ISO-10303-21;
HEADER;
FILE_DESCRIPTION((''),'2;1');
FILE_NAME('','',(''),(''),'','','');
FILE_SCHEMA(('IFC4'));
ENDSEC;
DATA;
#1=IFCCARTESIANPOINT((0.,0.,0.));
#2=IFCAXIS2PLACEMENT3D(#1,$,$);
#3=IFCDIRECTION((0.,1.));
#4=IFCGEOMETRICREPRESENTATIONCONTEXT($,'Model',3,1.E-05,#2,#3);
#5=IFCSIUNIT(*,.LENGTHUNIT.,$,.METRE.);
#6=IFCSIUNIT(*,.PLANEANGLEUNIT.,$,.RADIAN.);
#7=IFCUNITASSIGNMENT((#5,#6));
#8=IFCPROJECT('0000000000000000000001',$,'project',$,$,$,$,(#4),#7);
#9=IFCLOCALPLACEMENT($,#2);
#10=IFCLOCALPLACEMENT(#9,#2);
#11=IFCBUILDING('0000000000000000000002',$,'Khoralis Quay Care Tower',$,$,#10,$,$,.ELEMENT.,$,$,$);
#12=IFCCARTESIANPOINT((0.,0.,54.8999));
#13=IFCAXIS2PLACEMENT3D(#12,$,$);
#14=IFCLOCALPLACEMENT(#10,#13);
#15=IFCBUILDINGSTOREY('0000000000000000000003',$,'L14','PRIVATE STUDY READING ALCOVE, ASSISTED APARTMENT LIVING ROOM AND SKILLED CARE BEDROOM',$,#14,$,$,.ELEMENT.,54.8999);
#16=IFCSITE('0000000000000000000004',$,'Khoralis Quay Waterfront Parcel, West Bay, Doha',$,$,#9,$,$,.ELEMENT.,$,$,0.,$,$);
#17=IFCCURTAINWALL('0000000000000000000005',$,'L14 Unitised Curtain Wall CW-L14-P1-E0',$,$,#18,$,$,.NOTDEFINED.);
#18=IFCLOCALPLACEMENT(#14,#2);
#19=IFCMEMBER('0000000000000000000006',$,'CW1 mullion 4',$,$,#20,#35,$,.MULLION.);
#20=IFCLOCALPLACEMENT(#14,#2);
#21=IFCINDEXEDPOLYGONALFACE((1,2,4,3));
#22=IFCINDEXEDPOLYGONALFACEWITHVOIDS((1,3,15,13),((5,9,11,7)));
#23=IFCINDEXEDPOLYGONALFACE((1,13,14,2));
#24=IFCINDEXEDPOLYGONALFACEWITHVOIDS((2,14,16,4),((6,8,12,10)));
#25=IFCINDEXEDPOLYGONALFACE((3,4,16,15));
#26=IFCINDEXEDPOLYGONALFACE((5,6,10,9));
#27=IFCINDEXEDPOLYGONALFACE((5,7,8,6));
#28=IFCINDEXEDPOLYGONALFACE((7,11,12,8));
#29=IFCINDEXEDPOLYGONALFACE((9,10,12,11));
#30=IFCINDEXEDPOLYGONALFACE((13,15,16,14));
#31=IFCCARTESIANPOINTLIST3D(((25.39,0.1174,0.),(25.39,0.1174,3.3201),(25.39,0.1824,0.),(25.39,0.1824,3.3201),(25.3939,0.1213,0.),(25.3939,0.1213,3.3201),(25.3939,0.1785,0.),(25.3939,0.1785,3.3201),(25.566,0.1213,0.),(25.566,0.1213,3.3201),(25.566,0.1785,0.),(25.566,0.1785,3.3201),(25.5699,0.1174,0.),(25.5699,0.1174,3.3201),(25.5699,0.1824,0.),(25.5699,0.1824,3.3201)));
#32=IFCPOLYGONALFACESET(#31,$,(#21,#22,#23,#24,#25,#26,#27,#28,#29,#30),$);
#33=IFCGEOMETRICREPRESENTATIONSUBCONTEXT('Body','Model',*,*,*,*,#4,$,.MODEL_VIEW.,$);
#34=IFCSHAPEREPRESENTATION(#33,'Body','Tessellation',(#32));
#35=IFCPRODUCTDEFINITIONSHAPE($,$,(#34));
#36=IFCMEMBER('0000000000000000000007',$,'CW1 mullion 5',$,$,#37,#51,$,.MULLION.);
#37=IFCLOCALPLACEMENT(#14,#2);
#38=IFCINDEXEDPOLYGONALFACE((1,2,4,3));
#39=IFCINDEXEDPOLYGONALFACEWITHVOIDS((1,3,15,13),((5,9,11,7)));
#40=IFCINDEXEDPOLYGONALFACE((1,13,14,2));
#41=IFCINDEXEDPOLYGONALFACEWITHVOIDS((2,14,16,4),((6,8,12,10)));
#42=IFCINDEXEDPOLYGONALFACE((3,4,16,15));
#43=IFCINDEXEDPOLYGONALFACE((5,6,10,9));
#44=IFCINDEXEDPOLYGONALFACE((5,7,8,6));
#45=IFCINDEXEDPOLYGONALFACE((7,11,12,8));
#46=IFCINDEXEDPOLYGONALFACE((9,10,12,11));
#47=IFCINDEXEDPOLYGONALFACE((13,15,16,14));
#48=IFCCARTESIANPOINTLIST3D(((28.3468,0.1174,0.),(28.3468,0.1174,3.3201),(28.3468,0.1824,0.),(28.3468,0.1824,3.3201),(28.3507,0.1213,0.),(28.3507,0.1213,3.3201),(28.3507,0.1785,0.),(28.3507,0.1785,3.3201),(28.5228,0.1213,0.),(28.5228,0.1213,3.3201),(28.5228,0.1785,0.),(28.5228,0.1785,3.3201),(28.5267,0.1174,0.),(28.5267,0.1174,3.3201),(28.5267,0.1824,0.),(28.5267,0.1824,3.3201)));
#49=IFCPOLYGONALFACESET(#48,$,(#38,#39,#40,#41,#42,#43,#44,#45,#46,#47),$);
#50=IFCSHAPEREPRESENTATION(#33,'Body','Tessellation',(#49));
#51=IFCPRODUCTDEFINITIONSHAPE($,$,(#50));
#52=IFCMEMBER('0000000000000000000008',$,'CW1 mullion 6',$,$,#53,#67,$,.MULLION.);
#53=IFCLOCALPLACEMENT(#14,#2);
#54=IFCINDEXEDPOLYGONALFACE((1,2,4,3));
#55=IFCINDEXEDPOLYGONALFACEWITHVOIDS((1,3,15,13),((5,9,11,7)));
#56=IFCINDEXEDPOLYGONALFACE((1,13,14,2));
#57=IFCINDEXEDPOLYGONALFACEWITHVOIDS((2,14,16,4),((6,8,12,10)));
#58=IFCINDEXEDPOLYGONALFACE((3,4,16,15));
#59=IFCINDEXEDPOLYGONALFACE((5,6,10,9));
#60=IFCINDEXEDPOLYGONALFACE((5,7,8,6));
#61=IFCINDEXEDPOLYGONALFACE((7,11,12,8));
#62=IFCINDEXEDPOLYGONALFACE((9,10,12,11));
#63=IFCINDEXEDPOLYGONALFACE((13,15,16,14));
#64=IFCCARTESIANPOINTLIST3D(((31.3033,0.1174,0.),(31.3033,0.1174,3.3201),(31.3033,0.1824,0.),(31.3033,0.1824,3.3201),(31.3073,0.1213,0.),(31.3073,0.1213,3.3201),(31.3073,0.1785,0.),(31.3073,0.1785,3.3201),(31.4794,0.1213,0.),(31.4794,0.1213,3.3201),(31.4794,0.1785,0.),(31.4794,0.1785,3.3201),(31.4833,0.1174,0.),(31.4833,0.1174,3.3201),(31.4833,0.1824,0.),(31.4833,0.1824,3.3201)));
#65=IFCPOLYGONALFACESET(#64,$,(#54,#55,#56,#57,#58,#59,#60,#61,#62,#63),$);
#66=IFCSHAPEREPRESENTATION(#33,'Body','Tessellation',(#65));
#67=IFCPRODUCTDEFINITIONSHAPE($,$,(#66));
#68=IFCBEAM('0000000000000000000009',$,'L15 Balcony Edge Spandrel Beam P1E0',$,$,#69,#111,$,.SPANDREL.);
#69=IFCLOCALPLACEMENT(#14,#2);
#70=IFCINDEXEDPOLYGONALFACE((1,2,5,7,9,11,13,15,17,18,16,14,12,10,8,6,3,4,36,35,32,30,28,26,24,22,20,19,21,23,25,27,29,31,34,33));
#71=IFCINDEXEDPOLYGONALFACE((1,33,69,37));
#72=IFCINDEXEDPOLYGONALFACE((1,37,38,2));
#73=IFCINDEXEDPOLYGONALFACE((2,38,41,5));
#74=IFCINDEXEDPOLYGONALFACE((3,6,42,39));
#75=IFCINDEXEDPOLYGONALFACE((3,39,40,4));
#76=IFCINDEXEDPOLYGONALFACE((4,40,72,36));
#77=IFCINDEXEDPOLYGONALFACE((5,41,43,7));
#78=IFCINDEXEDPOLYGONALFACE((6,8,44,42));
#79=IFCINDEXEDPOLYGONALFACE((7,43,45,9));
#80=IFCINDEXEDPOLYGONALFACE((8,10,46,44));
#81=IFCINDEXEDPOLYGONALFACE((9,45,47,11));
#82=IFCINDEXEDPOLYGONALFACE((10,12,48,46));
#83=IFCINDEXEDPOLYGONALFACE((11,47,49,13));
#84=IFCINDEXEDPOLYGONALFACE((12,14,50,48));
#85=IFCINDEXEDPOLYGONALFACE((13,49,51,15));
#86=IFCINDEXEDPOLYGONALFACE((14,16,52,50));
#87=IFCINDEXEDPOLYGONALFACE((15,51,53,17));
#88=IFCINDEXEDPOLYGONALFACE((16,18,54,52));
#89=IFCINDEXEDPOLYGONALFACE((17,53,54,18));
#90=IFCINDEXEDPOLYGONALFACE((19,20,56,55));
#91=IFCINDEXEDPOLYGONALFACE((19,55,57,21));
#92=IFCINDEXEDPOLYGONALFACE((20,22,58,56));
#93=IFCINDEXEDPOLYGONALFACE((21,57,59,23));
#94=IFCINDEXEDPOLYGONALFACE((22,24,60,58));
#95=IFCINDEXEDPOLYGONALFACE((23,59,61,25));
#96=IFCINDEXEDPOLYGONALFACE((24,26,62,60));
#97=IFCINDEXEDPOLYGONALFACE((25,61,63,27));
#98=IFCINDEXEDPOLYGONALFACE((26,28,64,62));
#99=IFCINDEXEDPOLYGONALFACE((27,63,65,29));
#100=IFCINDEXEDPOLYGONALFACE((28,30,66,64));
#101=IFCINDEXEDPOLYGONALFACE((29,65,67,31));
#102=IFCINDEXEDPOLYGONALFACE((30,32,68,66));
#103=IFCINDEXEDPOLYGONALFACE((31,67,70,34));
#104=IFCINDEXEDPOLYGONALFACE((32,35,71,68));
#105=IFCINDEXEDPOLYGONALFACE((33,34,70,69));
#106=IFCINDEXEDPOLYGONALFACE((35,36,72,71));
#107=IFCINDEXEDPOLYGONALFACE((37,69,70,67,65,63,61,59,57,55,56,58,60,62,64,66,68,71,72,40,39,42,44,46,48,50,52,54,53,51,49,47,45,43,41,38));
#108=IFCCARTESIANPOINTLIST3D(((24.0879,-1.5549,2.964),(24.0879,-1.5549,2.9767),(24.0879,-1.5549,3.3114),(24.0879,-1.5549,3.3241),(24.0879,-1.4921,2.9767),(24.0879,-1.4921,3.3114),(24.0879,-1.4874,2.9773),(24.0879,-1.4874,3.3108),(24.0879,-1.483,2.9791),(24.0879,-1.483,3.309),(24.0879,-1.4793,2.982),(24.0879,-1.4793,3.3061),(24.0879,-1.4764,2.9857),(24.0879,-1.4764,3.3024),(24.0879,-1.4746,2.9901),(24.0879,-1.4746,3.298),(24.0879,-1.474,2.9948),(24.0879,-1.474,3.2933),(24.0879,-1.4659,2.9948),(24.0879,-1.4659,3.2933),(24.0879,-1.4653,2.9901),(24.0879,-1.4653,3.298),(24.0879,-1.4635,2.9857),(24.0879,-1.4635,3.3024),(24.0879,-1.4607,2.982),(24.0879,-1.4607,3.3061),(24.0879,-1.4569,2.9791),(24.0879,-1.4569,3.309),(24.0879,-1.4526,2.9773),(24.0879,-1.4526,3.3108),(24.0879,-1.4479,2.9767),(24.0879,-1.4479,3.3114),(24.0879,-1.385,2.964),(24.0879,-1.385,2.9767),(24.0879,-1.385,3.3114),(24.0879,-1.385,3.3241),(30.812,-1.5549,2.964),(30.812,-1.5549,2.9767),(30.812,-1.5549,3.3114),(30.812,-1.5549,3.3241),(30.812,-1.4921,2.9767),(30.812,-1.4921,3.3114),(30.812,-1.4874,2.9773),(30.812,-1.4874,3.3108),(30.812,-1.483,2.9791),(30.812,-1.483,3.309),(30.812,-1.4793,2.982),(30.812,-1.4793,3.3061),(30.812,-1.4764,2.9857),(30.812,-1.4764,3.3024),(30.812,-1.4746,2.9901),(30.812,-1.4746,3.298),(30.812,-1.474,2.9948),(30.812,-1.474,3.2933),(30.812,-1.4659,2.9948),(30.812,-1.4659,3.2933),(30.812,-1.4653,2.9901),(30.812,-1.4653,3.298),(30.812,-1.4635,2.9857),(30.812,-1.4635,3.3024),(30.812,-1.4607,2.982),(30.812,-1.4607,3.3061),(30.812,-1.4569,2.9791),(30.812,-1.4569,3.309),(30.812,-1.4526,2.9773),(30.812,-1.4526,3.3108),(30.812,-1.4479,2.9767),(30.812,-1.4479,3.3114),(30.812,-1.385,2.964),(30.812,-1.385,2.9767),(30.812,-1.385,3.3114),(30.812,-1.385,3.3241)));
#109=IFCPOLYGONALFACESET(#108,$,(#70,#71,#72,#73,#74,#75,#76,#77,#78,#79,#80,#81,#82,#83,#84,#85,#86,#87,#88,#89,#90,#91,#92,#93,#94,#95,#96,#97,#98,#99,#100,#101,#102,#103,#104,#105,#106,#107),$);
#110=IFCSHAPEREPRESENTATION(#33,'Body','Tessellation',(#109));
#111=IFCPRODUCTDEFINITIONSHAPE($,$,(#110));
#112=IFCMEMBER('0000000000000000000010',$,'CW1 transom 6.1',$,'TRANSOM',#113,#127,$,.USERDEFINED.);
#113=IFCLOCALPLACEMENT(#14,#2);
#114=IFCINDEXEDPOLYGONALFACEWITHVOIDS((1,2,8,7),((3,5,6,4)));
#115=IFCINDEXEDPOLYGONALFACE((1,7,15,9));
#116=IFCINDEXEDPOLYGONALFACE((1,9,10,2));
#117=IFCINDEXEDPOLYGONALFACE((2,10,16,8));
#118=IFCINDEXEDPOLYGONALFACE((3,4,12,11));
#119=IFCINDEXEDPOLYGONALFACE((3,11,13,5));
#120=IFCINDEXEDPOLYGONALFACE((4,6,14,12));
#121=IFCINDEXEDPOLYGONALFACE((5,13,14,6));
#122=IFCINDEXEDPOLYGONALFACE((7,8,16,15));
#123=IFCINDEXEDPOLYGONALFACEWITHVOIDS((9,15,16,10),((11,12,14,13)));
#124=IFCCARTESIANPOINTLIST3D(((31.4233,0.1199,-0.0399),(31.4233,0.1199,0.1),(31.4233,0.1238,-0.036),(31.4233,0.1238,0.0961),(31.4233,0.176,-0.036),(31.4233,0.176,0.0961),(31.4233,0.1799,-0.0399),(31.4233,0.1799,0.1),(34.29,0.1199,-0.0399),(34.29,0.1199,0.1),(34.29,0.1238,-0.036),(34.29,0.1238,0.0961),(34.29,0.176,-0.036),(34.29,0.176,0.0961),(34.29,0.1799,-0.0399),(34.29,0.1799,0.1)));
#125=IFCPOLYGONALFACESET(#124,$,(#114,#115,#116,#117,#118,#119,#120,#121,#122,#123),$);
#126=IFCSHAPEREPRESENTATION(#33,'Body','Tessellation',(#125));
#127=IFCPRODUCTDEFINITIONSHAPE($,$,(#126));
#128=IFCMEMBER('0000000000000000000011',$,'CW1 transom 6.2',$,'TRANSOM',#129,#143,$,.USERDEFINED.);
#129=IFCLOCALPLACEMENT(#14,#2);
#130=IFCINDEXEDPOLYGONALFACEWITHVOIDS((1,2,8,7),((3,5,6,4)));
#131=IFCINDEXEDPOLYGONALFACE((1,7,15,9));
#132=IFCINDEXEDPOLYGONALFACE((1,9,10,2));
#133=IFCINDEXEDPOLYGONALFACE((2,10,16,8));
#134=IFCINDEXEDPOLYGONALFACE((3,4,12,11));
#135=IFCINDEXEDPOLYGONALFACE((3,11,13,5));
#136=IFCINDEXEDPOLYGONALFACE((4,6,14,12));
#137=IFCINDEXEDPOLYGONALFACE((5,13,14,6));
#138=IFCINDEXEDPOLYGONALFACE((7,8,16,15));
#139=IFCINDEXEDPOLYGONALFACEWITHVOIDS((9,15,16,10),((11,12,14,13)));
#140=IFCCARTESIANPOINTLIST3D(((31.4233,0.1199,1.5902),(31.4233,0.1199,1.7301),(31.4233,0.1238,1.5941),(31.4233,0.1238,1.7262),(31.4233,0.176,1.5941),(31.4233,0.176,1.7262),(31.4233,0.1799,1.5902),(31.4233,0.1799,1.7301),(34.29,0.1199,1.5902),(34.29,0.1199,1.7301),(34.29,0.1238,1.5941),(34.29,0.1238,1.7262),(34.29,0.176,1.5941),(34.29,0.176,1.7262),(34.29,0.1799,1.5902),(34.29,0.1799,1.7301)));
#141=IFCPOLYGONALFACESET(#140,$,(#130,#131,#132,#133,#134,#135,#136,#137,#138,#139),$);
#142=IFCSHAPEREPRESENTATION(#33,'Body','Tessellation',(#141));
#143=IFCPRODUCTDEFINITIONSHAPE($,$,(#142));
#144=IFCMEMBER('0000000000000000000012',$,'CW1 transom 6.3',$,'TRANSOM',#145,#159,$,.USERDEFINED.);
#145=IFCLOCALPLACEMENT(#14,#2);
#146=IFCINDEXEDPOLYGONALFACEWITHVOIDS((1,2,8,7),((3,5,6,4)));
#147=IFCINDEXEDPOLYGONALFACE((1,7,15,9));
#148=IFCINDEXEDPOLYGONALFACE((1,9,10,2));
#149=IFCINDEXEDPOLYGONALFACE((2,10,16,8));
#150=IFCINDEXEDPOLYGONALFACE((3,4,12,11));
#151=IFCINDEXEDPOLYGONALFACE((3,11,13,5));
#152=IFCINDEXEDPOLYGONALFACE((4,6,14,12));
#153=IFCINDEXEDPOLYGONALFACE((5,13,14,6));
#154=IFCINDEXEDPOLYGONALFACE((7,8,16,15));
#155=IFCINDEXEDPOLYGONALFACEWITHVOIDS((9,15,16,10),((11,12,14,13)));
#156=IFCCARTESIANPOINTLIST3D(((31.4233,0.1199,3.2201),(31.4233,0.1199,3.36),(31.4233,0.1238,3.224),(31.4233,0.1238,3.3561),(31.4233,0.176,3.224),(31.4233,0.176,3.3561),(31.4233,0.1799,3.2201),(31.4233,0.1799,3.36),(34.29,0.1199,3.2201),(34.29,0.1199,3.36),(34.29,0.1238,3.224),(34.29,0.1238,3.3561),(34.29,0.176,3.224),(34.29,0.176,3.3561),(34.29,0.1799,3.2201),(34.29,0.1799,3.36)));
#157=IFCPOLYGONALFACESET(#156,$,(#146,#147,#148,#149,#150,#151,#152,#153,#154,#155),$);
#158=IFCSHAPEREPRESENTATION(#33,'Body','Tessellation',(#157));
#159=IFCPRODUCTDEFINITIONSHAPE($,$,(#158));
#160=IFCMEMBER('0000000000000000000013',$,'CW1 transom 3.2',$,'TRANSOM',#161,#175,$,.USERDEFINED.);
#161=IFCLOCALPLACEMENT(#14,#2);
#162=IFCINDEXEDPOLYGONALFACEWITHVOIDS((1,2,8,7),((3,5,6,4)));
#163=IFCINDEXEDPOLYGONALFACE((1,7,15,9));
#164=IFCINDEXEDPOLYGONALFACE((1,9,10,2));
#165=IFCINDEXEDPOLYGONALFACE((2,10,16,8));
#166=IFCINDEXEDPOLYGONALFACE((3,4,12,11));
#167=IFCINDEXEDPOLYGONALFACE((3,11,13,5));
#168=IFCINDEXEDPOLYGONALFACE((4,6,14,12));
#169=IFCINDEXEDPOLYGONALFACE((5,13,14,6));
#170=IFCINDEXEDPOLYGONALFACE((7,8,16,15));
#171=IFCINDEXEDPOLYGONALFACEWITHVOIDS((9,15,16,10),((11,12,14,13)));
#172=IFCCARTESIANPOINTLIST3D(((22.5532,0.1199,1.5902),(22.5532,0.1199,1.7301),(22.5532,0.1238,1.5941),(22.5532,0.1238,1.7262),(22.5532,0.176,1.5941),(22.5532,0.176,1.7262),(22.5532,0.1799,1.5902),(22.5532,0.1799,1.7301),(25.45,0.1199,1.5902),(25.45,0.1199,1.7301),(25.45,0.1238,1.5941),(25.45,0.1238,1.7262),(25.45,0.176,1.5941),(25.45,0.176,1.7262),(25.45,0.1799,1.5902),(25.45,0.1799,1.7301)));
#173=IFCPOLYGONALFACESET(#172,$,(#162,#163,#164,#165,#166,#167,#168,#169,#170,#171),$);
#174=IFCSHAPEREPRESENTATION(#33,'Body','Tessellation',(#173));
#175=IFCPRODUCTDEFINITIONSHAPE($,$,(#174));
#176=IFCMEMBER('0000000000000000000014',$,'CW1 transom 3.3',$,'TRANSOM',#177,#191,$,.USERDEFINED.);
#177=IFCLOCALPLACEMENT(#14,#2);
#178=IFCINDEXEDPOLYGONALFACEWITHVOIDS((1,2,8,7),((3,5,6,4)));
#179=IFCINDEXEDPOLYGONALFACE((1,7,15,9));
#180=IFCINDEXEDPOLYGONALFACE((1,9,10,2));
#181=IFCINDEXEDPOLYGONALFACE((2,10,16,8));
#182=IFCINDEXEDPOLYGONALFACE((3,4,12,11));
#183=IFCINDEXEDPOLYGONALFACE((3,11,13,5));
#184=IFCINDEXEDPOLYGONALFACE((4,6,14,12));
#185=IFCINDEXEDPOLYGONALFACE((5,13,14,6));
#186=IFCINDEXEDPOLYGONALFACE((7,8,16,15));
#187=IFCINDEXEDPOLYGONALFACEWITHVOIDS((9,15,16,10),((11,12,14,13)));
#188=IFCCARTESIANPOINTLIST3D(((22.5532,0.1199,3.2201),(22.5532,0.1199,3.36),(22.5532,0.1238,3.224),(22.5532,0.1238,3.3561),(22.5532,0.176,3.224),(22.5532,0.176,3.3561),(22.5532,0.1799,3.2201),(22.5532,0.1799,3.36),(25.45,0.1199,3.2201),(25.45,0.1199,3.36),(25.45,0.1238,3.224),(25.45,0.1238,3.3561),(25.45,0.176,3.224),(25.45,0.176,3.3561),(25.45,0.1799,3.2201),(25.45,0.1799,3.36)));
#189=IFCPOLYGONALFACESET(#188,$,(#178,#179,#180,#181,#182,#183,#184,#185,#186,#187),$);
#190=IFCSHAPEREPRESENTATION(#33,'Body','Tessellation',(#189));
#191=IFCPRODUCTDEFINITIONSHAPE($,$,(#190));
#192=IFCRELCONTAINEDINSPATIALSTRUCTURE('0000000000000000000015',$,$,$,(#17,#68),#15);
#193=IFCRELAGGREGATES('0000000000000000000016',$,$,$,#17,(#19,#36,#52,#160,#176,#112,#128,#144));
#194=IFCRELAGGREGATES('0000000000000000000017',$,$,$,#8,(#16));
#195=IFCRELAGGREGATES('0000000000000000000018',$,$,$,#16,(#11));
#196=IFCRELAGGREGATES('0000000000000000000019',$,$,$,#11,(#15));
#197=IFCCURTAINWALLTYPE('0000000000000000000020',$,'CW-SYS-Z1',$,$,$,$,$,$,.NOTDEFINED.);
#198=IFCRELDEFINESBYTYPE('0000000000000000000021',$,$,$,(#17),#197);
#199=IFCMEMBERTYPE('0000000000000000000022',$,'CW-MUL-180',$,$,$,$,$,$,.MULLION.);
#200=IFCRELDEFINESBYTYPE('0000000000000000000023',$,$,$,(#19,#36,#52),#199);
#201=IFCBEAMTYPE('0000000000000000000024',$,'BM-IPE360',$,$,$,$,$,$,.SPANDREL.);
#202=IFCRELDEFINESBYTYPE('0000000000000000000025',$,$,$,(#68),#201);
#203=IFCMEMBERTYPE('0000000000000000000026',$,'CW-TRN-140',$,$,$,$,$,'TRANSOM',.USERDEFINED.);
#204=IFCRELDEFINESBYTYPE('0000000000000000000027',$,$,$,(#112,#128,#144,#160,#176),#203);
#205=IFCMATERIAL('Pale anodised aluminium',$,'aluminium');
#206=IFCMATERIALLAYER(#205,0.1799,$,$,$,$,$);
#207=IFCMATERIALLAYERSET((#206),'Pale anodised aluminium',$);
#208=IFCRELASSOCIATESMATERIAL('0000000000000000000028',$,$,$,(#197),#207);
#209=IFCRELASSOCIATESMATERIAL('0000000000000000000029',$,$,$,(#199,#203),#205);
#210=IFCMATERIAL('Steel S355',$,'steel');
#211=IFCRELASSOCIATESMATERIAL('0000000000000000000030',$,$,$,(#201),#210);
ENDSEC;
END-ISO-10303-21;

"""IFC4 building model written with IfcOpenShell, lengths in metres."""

from ifc_helpers import new_model, si_unit, direction, frame, origin, origin_2d, place, context, subcontext, project, spatial, hollow_rectangle, i_section, extrude, source, transform, mapped, material, layer, layer_set, material_profile, profile_set, type_object, element, aggregate, save


model = new_model("IFC4")

# Units and contexts
model_context = context("Model", 3, precision=1e-05, world=origin(), true_north=direction((0.0, 1.0)))
body_context = subcontext(model_context, "Body", "Model", "MODEL_VIEW")
ifc_project = project(units=[si_unit("LENGTHUNIT", "METRE"), si_unit("PLANEANGLEUNIT", "RADIAN")], contexts=[model_context])

# Site, building, storey
site_placement = place(None, origin())
site = spatial("IfcSite", under=ifc_project, at=site_placement, Name="Khoralis Quay Waterfront Parcel, West Bay, Doha", CompositionType="ELEMENT", RefElevation=0.0)
building_placement = place(site_placement, origin())
building = spatial("IfcBuilding", under=site, at=building_placement, Name="Khoralis Quay Care Tower", CompositionType="ELEMENT")
storey_placement = place(building_placement, frame((0.0, 0.0, 54.8999)))
storey = spatial("IfcBuildingStorey", under=building, at=storey_placement, Name="L14", Description="PRIVATE STUDY READING ALCOVE, ASSISTED APARTMENT LIVING ROOM AND SKILLED CARE BEDROOM", CompositionType="ELEMENT", Elevation=54.8999)

# Curtain wall, members
ifc_material_1 = material(Name="Pale anodised aluminium", Category="aluminium")
ifc_layer_1 = layer(ifc_material_1, 0.1799)
ifc_layer_set_1 = layer_set([ifc_layer_1], Name="Pale anodised aluminium")
curtain_wall_type = type_object("IfcCurtainWallType", Name="CW-SYS-Z1", PredefinedType="NOTDEFINED", material=ifc_layer_set_1)
curtain_wall_placement = place(storey_placement, origin())
curtain_wall = element("IfcCurtainWall", 1, at=curtain_wall_placement, inside=storey, type_object=curtain_wall_type, Name="L14 Unitised Curtain Wall CW-L14-P1-E0", PredefinedType="NOTDEFINED")
ifc_material_profile_1 = material_profile(ifc_material_1, hollow_rectangle(XDim=0.0649, YDim=0.1799, WallThickness=0.0039, at=origin_2d()), Name="Pale anodised aluminium")
ifc_profile_set_1 = profile_set([ifc_material_profile_1], Name="Pale anodised aluminium")
member_type_1 = type_object("IfcMemberType", Name="CW-MUL-180", PredefinedType="MULLION", material=ifc_profile_set_1)
shared_shape_1 = source(origin(), body_context, "Body", "SweptSolid", [
    extrude(hollow_rectangle(XDim=0.0649, YDim=0.1799, WallThickness=0.0039, at=origin_2d()), origin(), (0.0, 0.0, 1.0), 3.3201),
])
member_1_placement = place(storey_placement, frame((25.48, 0.1499, 0.0), z_axis=(0.0, 0.0, 1.0), x_axis=(0.0, 1.0, 0.0)))
member_1 = element("IfcMember", 2, at=member_1_placement, type_object=member_type_1, Name="CW1 mullion 4", PredefinedType="MULLION", context=body_context, shape_type="MappedRepresentation", body=[
    mapped(shared_shape_1, transform((0.0, 0.0, 0.0), scale=1.0)),
])
member_2_placement = place(storey_placement, frame((28.4368, 0.1499, 0.0), z_axis=(0.0, 0.0, 1.0), x_axis=(0.0, 1.0, 0.0)))
member_2 = element("IfcMember", 3, at=member_2_placement, type_object=member_type_1, Name="CW1 mullion 5", PredefinedType="MULLION", context=body_context, shape_type="MappedRepresentation", body=[
    mapped(shared_shape_1, transform((0.0, 0.0, 0.0), scale=1.0)),
])
member_3_placement = place(storey_placement, frame((31.3933, 0.1499, 0.0), z_axis=(0.0, 0.0, 1.0), x_axis=(0.0, 1.0, 0.0)))
member_3 = element("IfcMember", 4, at=member_3_placement, type_object=member_type_1, Name="CW1 mullion 6", PredefinedType="MULLION", context=body_context, shape_type="MappedRepresentation", body=[
    mapped(shared_shape_1, transform((0.0, 0.0, 0.0), scale=1.0)),
])

# Beam
ifc_material_2 = material(Name="Steel S355", Category="steel")
ifc_material_profile_2 = material_profile(ifc_material_2, i_section(OverallWidth=0.1699, OverallDepth=0.3601, WebThickness=0.0081, FlangeThickness=0.0127, FilletRadius=0.0181, at=origin_2d()), Name="Steel S355")
ifc_profile_set_2 = profile_set([ifc_material_profile_2], Name="Steel S355")
beam_type = type_object("IfcBeamType", Name="BM-IPE360", PredefinedType="SPANDREL", material=ifc_profile_set_2)
shared_shape_2 = source(origin(), body_context, "Body", "SweptSolid", [
    extrude(i_section(OverallWidth=0.1699, OverallDepth=0.3601, WebThickness=0.0081, FlangeThickness=0.0127, FilletRadius=0.0181, at=origin_2d()), origin(), (0.0, 0.0, 1.0), 6.7241),
])
beam_placement = place(storey_placement, frame((24.0879, -1.47, 3.144), z_axis=(1.0, 0.0, 0.0), x_axis=(0.0, 1.0, 0.0)))
element("IfcBeam", 5, at=beam_placement, inside=storey, type_object=beam_type, Name="L15 Balcony Edge Spandrel Beam P1E0", PredefinedType="SPANDREL", context=body_context, shape_type="MappedRepresentation", body=[
    mapped(shared_shape_2, transform((0.0, 0.0, 0.0), scale=1.0)),
])

# Members
ifc_material_profile_3 = material_profile(ifc_material_1, hollow_rectangle(XDim=0.0601, YDim=0.1399, WallThickness=0.0039, at=origin_2d()), Name="Pale anodised aluminium")
ifc_profile_set_3 = profile_set([ifc_material_profile_3], Name="Pale anodised aluminium")
member_type_2 = type_object("IfcMemberType", Name="CW-TRN-140", ElementType="TRANSOM", PredefinedType="USERDEFINED", material=ifc_profile_set_3)
shared_shape_3 = source(origin(), body_context, "Body", "SweptSolid", [
    extrude(hollow_rectangle(XDim=0.0601, YDim=0.1399, WallThickness=0.0039, at=origin_2d()), origin(), (0.0, 0.0, 1.0), 2.8667),
])
member_4_placement = place(storey_placement, frame((31.4233, 0.1499, 0.03), z_axis=(1.0, 0.0, 0.0), x_axis=(0.0, 1.0, 0.0)))
member_4 = element("IfcMember", 6, at=member_4_placement, type_object=member_type_2, Name="CW1 transom 6.1", ObjectType="TRANSOM", PredefinedType="USERDEFINED", context=body_context, shape_type="MappedRepresentation", body=[
    mapped(shared_shape_3, transform((0.0, 0.0, 0.0), scale=1.0)),
])
member_5_placement = place(storey_placement, frame((31.4233, 0.1499, 1.6602), z_axis=(1.0, 0.0, 0.0), x_axis=(0.0, 1.0, 0.0)))
member_5 = element("IfcMember", 7, at=member_5_placement, type_object=member_type_2, Name="CW1 transom 6.2", ObjectType="TRANSOM", PredefinedType="USERDEFINED", context=body_context, shape_type="MappedRepresentation", body=[
    mapped(shared_shape_3, transform((0.0, 0.0, 0.0), scale=1.0)),
])
member_6_placement = place(storey_placement, frame((31.4233, 0.1499, 3.29), z_axis=(1.0, 0.0, 0.0), x_axis=(0.0, 1.0, 0.0)))
member_6 = element("IfcMember", 8, at=member_6_placement, type_object=member_type_2, Name="CW1 transom 6.3", ObjectType="TRANSOM", PredefinedType="USERDEFINED", context=body_context, shape_type="MappedRepresentation", body=[
    mapped(shared_shape_3, transform((0.0, 0.0, 0.0), scale=1.0)),
])
shared_shape_4 = source(origin(), body_context, "Body", "SweptSolid", [
    extrude(hollow_rectangle(XDim=0.0601, YDim=0.1399, WallThickness=0.0039, at=origin_2d()), origin(), (0.0, 0.0, 1.0), 2.8967),
])
member_7_placement = place(storey_placement, frame((22.5532, 0.1499, 1.6602), z_axis=(1.0, 0.0, 0.0), x_axis=(0.0, 1.0, 0.0)))
member_7 = element("IfcMember", 9, at=member_7_placement, type_object=member_type_2, Name="CW1 transom 3.2", ObjectType="TRANSOM", PredefinedType="USERDEFINED", context=body_context, shape_type="MappedRepresentation", body=[
    mapped(shared_shape_4, transform((0.0, 0.0, 0.0), scale=1.0)),
])
member_8_placement = place(storey_placement, frame((22.5532, 0.1499, 3.29), z_axis=(1.0, 0.0, 0.0), x_axis=(0.0, 1.0, 0.0)))
member_8 = element("IfcMember", 10, at=member_8_placement, type_object=member_type_2, Name="CW1 transom 3.3", ObjectType="TRANSOM", PredefinedType="USERDEFINED", context=body_context, shape_type="MappedRepresentation", body=[
    mapped(shared_shape_4, transform((0.0, 0.0, 0.0), scale=1.0)),
])

aggregate(curtain_wall, [member_1, member_2, member_3, member_7, member_8, member_4, member_5, member_6])

save(model, "model.ifc")
